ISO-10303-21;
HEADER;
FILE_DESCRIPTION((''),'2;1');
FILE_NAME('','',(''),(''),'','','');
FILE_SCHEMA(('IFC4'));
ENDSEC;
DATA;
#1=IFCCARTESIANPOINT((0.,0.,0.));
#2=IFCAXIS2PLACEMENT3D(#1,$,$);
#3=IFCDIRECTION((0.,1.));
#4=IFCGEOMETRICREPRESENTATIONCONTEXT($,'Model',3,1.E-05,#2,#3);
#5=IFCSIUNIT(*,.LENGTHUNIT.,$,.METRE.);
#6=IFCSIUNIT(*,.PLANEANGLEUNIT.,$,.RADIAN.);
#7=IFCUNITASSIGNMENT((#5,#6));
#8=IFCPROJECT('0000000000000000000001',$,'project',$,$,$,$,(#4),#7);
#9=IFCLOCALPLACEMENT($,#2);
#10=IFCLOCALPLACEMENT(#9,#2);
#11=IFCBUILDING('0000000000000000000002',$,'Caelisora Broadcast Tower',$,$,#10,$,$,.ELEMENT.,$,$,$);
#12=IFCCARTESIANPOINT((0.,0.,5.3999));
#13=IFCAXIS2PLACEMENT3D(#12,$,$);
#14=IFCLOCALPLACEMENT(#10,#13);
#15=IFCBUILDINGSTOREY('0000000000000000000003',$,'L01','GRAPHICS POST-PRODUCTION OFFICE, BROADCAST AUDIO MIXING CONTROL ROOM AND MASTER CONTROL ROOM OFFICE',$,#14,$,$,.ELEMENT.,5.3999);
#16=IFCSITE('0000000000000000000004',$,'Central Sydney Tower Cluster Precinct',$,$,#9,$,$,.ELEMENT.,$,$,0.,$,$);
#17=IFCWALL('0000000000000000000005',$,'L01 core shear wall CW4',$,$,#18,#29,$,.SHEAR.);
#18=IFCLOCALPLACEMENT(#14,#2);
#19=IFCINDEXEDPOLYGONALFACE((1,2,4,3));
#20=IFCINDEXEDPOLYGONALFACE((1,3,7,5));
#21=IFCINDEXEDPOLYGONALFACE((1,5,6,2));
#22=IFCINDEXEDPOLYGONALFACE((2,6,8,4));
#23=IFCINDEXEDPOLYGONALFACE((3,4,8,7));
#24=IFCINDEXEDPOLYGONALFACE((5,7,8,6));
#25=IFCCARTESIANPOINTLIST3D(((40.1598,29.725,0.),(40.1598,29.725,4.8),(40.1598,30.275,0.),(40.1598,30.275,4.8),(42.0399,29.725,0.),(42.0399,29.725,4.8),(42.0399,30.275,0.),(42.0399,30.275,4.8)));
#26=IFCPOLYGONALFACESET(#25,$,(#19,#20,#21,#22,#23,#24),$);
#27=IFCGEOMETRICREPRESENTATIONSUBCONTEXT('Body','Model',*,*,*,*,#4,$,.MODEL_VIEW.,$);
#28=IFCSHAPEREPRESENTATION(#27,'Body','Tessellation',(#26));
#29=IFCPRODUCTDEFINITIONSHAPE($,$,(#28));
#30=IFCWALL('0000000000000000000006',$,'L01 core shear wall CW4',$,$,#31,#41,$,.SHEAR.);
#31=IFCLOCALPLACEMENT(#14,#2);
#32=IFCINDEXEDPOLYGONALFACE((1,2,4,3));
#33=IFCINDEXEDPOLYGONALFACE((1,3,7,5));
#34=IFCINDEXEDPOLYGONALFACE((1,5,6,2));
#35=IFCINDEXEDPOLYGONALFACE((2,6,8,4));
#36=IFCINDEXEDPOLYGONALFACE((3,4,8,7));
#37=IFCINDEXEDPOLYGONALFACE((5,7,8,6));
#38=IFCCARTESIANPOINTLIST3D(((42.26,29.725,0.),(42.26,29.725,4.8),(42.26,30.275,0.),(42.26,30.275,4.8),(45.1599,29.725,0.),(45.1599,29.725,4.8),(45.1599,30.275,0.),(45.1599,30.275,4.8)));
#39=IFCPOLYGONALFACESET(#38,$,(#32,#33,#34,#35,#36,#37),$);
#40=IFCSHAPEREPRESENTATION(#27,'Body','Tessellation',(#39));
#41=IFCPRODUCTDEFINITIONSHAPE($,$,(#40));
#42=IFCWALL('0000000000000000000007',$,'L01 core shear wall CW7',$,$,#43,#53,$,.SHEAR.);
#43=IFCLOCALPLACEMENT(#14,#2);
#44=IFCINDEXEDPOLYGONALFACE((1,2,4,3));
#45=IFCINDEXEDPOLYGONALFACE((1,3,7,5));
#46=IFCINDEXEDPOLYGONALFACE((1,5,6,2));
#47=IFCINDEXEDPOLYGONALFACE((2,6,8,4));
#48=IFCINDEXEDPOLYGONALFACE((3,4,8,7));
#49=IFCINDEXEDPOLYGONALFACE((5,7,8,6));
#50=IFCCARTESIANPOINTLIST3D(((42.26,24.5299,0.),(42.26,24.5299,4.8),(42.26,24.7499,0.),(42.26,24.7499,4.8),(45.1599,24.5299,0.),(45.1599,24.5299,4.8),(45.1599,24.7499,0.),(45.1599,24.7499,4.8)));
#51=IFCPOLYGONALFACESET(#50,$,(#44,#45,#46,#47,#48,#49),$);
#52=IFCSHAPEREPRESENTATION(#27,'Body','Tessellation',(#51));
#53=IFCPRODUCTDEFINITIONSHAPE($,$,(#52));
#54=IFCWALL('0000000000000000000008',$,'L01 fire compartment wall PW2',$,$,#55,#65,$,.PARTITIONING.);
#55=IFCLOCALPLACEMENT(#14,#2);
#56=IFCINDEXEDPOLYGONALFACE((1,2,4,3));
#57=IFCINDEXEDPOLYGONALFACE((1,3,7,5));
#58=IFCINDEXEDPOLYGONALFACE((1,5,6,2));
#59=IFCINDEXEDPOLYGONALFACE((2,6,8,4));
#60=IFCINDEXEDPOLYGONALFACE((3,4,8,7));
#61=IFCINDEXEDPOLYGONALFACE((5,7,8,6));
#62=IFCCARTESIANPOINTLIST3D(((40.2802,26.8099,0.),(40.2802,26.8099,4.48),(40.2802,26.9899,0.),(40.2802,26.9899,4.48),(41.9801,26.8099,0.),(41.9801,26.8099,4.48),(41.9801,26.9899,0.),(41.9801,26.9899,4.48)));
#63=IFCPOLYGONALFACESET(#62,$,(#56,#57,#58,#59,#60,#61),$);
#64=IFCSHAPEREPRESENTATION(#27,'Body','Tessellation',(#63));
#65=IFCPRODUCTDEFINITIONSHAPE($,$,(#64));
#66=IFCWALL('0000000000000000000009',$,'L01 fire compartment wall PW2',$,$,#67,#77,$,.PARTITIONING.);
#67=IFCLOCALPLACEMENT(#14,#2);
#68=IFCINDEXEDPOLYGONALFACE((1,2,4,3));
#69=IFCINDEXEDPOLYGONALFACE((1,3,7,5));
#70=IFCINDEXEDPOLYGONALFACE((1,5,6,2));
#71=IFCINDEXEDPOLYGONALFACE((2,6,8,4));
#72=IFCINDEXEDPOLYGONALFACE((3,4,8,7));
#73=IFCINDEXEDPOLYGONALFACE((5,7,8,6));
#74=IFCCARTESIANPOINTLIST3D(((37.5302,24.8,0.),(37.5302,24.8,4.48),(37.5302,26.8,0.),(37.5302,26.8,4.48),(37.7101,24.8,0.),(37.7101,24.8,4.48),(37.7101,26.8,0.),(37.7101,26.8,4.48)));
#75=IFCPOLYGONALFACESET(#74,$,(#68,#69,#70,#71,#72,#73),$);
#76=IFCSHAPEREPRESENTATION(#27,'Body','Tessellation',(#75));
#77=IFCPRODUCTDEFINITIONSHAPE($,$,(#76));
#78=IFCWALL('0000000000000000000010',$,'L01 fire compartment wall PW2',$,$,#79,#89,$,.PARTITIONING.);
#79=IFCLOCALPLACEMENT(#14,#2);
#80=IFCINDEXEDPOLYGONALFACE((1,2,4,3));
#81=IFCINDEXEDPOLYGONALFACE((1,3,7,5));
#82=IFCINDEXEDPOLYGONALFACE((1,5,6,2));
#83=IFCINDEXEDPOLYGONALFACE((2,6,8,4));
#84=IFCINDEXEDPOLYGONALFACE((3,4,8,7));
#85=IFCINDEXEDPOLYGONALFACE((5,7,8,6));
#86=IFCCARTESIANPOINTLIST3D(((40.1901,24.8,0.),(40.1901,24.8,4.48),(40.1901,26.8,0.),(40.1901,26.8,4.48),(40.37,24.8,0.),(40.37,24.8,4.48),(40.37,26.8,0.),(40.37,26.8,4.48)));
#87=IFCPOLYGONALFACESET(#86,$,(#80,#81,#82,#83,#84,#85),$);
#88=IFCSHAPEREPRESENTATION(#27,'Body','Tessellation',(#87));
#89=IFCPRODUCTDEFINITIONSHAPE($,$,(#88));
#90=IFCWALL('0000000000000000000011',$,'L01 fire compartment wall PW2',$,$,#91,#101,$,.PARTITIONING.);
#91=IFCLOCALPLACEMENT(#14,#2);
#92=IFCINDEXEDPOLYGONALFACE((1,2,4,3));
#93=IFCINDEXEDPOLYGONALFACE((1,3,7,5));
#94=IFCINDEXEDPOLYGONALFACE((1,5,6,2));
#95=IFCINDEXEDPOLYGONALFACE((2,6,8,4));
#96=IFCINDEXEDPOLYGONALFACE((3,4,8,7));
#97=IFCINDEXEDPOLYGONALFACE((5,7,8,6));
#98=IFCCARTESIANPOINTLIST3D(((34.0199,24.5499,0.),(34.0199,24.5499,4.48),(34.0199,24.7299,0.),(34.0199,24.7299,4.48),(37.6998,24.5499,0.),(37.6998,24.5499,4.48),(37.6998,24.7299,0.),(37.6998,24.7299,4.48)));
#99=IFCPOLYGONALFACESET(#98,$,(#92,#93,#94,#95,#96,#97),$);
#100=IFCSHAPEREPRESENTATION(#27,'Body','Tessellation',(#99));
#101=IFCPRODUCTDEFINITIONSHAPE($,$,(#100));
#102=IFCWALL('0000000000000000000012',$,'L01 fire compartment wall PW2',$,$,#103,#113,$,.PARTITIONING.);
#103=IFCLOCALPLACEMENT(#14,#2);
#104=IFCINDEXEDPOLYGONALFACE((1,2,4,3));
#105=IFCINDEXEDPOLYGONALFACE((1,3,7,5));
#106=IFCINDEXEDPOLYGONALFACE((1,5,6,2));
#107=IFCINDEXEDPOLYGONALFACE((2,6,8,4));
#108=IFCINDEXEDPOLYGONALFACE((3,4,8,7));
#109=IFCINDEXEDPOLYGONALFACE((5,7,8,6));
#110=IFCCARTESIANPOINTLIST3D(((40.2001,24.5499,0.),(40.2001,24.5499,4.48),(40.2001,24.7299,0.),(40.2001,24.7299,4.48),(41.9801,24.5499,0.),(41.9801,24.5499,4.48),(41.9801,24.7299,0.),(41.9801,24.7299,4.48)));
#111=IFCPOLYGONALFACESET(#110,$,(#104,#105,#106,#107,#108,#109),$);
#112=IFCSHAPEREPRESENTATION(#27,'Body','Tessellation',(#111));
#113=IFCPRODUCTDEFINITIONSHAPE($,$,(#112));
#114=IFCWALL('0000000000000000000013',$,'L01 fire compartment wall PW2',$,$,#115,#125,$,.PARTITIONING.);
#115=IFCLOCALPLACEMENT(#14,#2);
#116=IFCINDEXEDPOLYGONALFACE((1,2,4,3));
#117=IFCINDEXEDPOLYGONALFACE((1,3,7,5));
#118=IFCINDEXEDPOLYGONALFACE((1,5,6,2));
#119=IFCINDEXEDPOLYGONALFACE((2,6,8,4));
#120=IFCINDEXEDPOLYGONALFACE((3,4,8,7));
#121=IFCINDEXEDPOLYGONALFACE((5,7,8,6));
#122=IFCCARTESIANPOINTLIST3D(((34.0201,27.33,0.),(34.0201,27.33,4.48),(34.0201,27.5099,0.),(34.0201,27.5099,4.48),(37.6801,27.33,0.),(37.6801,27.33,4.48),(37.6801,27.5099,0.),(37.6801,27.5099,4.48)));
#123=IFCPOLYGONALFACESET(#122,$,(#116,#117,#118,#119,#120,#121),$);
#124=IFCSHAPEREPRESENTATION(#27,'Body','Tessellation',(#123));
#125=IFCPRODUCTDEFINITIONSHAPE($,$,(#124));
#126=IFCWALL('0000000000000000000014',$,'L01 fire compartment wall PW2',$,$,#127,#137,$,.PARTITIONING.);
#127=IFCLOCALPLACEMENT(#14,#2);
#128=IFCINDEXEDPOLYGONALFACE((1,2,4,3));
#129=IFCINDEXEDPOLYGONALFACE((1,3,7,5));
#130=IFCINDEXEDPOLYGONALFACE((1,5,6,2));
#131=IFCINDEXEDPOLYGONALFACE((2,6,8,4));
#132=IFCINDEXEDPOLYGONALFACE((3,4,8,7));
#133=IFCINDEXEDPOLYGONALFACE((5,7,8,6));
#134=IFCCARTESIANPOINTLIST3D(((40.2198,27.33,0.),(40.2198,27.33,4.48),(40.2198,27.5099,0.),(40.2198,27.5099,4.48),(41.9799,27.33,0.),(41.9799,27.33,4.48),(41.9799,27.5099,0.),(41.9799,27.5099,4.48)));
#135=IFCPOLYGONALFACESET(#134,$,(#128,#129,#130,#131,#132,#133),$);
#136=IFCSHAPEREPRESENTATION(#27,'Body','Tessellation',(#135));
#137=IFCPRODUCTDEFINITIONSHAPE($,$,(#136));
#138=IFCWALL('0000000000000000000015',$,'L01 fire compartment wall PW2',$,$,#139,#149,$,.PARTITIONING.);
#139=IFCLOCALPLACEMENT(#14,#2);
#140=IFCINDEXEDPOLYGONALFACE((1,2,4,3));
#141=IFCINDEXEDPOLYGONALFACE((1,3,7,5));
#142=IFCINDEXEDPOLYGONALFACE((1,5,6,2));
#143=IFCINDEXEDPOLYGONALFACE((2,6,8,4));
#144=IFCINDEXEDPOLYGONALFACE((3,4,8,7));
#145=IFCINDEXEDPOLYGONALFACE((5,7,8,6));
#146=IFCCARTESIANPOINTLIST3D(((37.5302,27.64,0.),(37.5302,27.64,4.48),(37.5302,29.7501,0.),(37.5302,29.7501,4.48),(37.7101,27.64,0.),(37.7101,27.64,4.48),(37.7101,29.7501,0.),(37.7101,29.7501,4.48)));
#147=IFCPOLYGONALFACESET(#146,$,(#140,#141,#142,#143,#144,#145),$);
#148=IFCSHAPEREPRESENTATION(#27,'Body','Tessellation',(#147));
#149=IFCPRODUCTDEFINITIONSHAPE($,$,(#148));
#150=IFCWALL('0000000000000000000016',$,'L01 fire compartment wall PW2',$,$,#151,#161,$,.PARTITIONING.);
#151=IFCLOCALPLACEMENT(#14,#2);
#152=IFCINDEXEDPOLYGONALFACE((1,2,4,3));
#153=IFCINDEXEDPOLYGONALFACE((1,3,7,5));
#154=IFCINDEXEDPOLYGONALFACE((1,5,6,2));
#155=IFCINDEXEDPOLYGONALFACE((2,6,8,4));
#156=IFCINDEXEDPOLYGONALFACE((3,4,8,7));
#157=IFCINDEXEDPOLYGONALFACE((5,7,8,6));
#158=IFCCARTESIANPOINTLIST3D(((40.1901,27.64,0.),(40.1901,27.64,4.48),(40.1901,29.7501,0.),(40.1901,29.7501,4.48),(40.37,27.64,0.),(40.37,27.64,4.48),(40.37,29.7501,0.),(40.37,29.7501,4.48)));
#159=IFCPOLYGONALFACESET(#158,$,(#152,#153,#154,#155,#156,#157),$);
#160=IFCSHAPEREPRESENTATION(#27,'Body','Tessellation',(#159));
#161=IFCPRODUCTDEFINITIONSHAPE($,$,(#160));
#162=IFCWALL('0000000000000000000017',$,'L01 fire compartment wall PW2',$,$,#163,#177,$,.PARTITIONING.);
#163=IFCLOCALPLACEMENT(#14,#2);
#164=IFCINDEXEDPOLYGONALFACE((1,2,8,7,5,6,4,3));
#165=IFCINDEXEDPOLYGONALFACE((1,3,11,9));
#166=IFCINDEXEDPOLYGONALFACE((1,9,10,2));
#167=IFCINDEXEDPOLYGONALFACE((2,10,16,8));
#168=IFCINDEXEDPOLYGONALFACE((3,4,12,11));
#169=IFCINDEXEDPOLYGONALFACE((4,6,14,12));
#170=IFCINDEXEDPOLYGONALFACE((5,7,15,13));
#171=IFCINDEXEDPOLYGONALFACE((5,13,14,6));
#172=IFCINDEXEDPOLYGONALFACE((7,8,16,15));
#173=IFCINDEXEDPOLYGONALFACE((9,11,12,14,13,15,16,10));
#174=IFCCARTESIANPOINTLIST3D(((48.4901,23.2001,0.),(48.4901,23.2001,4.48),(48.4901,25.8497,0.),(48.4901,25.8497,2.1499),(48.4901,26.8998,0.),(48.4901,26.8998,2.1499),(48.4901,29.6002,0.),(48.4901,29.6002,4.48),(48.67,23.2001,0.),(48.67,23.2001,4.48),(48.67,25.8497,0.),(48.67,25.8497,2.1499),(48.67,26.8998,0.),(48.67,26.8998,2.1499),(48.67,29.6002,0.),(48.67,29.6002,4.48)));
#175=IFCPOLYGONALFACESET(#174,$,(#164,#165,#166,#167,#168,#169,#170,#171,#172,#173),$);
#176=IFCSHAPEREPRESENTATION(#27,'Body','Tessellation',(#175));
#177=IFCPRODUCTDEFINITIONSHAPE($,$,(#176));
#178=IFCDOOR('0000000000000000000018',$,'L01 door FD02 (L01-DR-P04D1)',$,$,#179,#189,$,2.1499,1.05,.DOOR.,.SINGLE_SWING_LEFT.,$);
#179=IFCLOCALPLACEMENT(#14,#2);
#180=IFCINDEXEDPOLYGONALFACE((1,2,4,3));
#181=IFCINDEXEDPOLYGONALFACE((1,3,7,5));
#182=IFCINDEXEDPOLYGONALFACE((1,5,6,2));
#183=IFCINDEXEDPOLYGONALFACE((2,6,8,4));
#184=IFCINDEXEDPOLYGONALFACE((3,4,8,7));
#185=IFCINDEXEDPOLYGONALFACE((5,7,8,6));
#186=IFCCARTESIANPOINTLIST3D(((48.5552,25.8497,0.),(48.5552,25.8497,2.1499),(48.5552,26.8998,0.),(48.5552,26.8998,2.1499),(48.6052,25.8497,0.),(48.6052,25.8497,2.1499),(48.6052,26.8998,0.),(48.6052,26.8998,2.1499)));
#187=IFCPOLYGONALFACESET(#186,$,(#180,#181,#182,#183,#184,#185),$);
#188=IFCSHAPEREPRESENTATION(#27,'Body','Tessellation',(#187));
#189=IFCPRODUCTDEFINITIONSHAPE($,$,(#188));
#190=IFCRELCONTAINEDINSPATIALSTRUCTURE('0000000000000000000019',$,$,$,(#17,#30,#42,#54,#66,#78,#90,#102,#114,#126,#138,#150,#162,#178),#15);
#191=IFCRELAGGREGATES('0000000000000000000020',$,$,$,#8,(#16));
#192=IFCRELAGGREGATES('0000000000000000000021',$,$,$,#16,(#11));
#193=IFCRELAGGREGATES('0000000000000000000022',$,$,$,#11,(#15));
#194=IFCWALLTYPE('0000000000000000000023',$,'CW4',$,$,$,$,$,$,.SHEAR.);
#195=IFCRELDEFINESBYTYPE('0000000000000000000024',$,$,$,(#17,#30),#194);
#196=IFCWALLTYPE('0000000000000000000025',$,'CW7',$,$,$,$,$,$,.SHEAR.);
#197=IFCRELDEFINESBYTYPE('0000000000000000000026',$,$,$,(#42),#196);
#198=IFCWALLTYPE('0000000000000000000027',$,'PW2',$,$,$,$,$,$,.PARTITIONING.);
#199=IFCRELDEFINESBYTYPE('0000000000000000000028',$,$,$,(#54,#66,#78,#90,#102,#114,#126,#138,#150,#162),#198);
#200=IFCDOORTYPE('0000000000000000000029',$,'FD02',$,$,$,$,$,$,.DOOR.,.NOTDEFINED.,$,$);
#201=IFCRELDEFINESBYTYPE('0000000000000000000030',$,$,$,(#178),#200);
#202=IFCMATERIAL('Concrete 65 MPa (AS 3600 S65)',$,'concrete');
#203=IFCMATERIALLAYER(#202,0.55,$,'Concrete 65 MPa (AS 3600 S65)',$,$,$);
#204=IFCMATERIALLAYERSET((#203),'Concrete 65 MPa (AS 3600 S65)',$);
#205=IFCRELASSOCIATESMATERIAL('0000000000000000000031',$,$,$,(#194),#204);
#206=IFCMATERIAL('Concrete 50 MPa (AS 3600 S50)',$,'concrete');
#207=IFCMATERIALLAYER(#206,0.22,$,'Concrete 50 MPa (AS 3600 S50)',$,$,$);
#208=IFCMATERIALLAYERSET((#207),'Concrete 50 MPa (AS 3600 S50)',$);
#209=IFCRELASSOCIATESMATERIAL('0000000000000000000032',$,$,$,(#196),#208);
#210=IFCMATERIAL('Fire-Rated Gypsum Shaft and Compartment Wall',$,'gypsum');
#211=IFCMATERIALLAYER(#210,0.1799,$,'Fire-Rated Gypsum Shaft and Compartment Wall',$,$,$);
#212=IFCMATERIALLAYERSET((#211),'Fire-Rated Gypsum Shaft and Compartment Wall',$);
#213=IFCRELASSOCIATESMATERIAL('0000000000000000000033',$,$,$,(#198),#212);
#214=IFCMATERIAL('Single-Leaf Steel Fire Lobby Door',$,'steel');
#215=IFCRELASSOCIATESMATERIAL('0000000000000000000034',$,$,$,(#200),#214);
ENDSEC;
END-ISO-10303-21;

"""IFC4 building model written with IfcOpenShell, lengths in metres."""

from ifc_helpers import new_model, si_unit, direction, frame, frame_2d, origin, place, context, subcontext, project, spatial, rectangle, extrude, material, layer, layer_set, type_object, element, fill, save


model = new_model("IFC4")

# Units and contexts
model_context = context("Model", 3, precision=1e-05, world=origin(), true_north=direction((0.0, 1.0)))
body_context = subcontext(model_context, "Body", "Model", "MODEL_VIEW")
ifc_project = project(units=[si_unit("LENGTHUNIT", "METRE"), si_unit("PLANEANGLEUNIT", "RADIAN")], contexts=[model_context])

# Site, building, storey
site_placement = place(None, origin())
site = spatial("IfcSite", under=ifc_project, at=site_placement, Name="Central Sydney Tower Cluster Precinct", CompositionType="ELEMENT", RefElevation=0.0)
building_placement = place(site_placement, origin())
building = spatial("IfcBuilding", under=site, at=building_placement, Name="Caelisora Broadcast Tower", CompositionType="ELEMENT")
storey_placement = place(building_placement, frame((0.0, 0.0, 5.3999)))
storey = spatial("IfcBuildingStorey", under=building, at=storey_placement, Name="L01", Description="GRAPHICS POST-PRODUCTION OFFICE, BROADCAST AUDIO MIXING CONTROL ROOM AND MASTER CONTROL ROOM OFFICE", CompositionType="ELEMENT", Elevation=5.3999)

# Shared definitions
ifc_material_1 = material(Name="Concrete 65 MPa (AS 3600 S65)", Category="concrete")

# Walls
ifc_layer_1 = layer(ifc_material_1, 0.55, Name="Concrete 65 MPa (AS 3600 S65)")
ifc_layer_set_1 = layer_set([ifc_layer_1], Name="Concrete 65 MPa (AS 3600 S65)")
wall_type_1 = type_object("IfcWallType", Name="CW4", PredefinedType="SHEAR", material=ifc_layer_set_1)
wall_1_placement = place(storey_placement, frame((40.1599, 30.0, 0.0), z_axis=(0.0, 0.0, 1.0), x_axis=(1.0, 0.0, 0.0)))
element("IfcWall", 1, at=wall_1_placement, inside=storey, type_object=wall_type_1, Name="L01 core shear wall CW4", PredefinedType="SHEAR", context=body_context, shape_type="SweptSolid", body=[
    extrude(rectangle(XDim=1.8801, YDim=0.55, at=frame_2d((0.9399, 0.0))), origin(), (0.0, 0.0, 1.0), 4.8),
])
wall_2_placement = place(storey_placement, frame((42.26, 30.0, 0.0), z_axis=(0.0, 0.0, 1.0), x_axis=(1.0, 0.0, 0.0)))
element("IfcWall", 2, at=wall_2_placement, inside=storey, type_object=wall_type_1, Name="L01 core shear wall CW4", PredefinedType="SHEAR", context=body_context, shape_type="SweptSolid", body=[
    extrude(rectangle(XDim=2.8999, YDim=0.55, at=frame_2d((1.45, 0.0))), origin(), (0.0, 0.0, 1.0), 4.8),
])
ifc_material_2 = material(Name="Concrete 50 MPa (AS 3600 S50)", Category="concrete")
ifc_layer_2 = layer(ifc_material_2, 0.22, Name="Concrete 50 MPa (AS 3600 S50)")
ifc_layer_set_2 = layer_set([ifc_layer_2], Name="Concrete 50 MPa (AS 3600 S50)")
wall_type_2 = type_object("IfcWallType", Name="CW7", PredefinedType="SHEAR", material=ifc_layer_set_2)
wall_3_placement = place(storey_placement, frame((42.26, 24.6399, 0.0), z_axis=(0.0, 0.0, 1.0), x_axis=(1.0, 0.0, 0.0)))
element("IfcWall", 3, at=wall_3_placement, inside=storey, type_object=wall_type_2, Name="L01 core shear wall CW7", PredefinedType="SHEAR", context=body_context, shape_type="SweptSolid", body=[
    extrude(rectangle(XDim=2.8999, YDim=0.22, at=frame_2d((1.45, 0.0))), origin(), (0.0, 0.0, 1.0), 4.8),
])
ifc_material_3 = material(Name="Fire-Rated Gypsum Shaft and Compartment Wall", Category="gypsum")
ifc_layer_3 = layer(ifc_material_3, 0.1799, Name="Fire-Rated Gypsum Shaft and Compartment Wall")
ifc_layer_set_3 = layer_set([ifc_layer_3], Name="Fire-Rated Gypsum Shaft and Compartment Wall")
wall_type_3 = type_object("IfcWallType", Name="PW2", PredefinedType="PARTITIONING", material=ifc_layer_set_3)
wall_4_placement = place(storey_placement, frame((40.28, 26.8999, 0.0), z_axis=(0.0, 0.0, 1.0), x_axis=(1.0, 0.0, 0.0)))
element("IfcWall", 4, at=wall_4_placement, inside=storey, type_object=wall_type_3, Name="L01 fire compartment wall PW2", PredefinedType="PARTITIONING", context=body_context, shape_type="SweptSolid", body=[
    extrude(rectangle(XDim=1.7, YDim=0.1799, at=frame_2d((0.8501, 0.0))), origin(), (0.0, 0.0, 1.0), 4.48),
])
for number, where, z_axis, x_axis, name in (
    (5, (37.6201, 24.8, 0.0), (0.0, 0.0, 1.0), (0.0, 1.0, 0.0), "L01 fire compartment wall PW2"),
    (6, (40.28, 24.8, 0.0), (0.0, 0.0, 1.0), (0.0, 1.0, 0.0), "L01 fire compartment wall PW2"),
):
    element("IfcWall", number, at=place(storey_placement, frame(where, z_axis=z_axis, x_axis=x_axis)), inside=storey, type_object=wall_type_3, Name=name, PredefinedType="PARTITIONING", context=body_context, shape_type="SweptSolid", body=[
        extrude(rectangle(XDim=2.0, YDim=0.1799, at=frame_2d((1.0, 0.0))), origin(), (0.0, 0.0, 1.0), 4.48),
    ])
wall_5_placement = place(storey_placement, frame((34.02, 24.6399, 0.0), z_axis=(0.0, 0.0, 1.0), x_axis=(1.0, 0.0, 0.0)))
element("IfcWall", 7, at=wall_5_placement, inside=storey, type_object=wall_type_3, Name="L01 fire compartment wall PW2", PredefinedType="PARTITIONING", context=body_context, shape_type="SweptSolid", body=[
    extrude(rectangle(XDim=3.6799, YDim=0.1799, at=frame_2d((1.8398, 0.0))), origin(), (0.0, 0.0, 1.0), 4.48),
])
wall_6_placement = place(storey_placement, frame((40.2, 24.6399, 0.0), z_axis=(0.0, 0.0, 1.0), x_axis=(1.0, 0.0, 0.0)))
element("IfcWall", 8, at=wall_6_placement, inside=storey, type_object=wall_type_3, Name="L01 fire compartment wall PW2", PredefinedType="PARTITIONING", context=body_context, shape_type="SweptSolid", body=[
    extrude(rectangle(XDim=1.78, YDim=0.1799, at=frame_2d((0.8901, 0.0))), origin(), (0.0, 0.0, 1.0), 4.48),
])
wall_7_placement = place(storey_placement, frame((34.02, 27.4199, 0.0), z_axis=(0.0, 0.0, 1.0), x_axis=(1.0, 0.0, 0.0)))
element("IfcWall", 9, at=wall_7_placement, inside=storey, type_object=wall_type_3, Name="L01 fire compartment wall PW2", PredefinedType="PARTITIONING", context=body_context, shape_type="SweptSolid", body=[
    extrude(rectangle(XDim=3.6599, YDim=0.1799, at=frame_2d((1.8301, 0.0))), origin(), (0.0, 0.0, 1.0), 4.48),
])
wall_8_placement = place(storey_placement, frame((40.22, 27.4199, 0.0), z_axis=(0.0, 0.0, 1.0), x_axis=(1.0, 0.0, 0.0)))
element("IfcWall", 10, at=wall_8_placement, inside=storey, type_object=wall_type_3, Name="L01 fire compartment wall PW2", PredefinedType="PARTITIONING", context=body_context, shape_type="SweptSolid", body=[
    extrude(rectangle(XDim=1.76, YDim=0.1799, at=frame_2d((0.8799, 0.0))), origin(), (0.0, 0.0, 1.0), 4.48),
])
for number, where, z_axis, x_axis, name in (
    (11, (37.6201, 27.6399, 0.0), (0.0, 0.0, 1.0), (0.0, 1.0, 0.0), "L01 fire compartment wall PW2"),
    (12, (40.28, 27.6399, 0.0), (0.0, 0.0, 1.0), (0.0, 1.0, 0.0), "L01 fire compartment wall PW2"),
):
    element("IfcWall", number, at=place(storey_placement, frame(where, z_axis=z_axis, x_axis=x_axis)), inside=storey, type_object=wall_type_3, Name=name, PredefinedType="PARTITIONING", context=body_context, shape_type="SweptSolid", body=[
        extrude(rectangle(XDim=2.1101, YDim=0.1799, at=frame_2d((1.0552, 0.0))), origin(), (0.0, 0.0, 1.0), 4.48),
    ])

# Wall, opening, door
wall_9_placement = place(storey_placement, frame((48.5801, 23.2, 0.0), z_axis=(0.0, 0.0, 1.0), x_axis=(0.0, 1.0, 0.0)))
wall_9 = element("IfcWall", 13, at=wall_9_placement, inside=storey, type_object=wall_type_3, Name="L01 fire compartment wall PW2", PredefinedType="PARTITIONING", context=body_context, shape_type="SweptSolid", body=[
    extrude(rectangle(XDim=6.4001, YDim=0.1799, at=frame_2d((3.2002, 0.0))), origin(), (0.0, 0.0, 1.0), 4.48),
])
opening_1_placement = place(wall_9_placement, frame((2.6499, 0.0, 0.0)))
opening_1 = element("IfcOpeningElement", 14, at=opening_1_placement, cuts=wall_9, PredefinedType="OPENING", context=body_context, shape_type="SweptSolid", body=[
    extrude(rectangle(XDim=1.05, YDim=2.1499, at=frame_2d((0.5249, 1.075))), frame((0.0, 0.1021, 0.0), z_axis=(0.0, -1.0, 0.0), x_axis=(1.0, 0.0, 0.0)), (0.0, 0.0, 1.0), 0.2039),
])
ifc_material_4 = material(Name="Single-Leaf Steel Fire Lobby Door", Category="steel")
door_type_1 = type_object("IfcDoorType", Name="FD02", OperationType="NOTDEFINED", PredefinedType="DOOR", material=ifc_material_4)
door_1_placement = place(opening_1_placement, origin())
door_1 = element("IfcDoor", 15, at=door_1_placement, inside=storey, type_object=door_type_1, Name="L01 door FD02 (L01-DR-P04D1)", OperationType="SINGLE_SWING_LEFT", OverallHeight=2.1499, OverallWidth=1.05, PredefinedType="DOOR", context=body_context, shape_type="SweptSolid", body=[
    extrude(rectangle(XDim=1.05, YDim=2.1499, at=frame_2d((0.5249, 1.075))), frame((0.0, 0.0249, 0.0), z_axis=(0.0, -1.0, 0.0), x_axis=(1.0, 0.0, 0.0)), (0.0, 0.0, 1.0), 0.05),
])
fill(opening_1, door_1)

save(model, "model.ifc")
